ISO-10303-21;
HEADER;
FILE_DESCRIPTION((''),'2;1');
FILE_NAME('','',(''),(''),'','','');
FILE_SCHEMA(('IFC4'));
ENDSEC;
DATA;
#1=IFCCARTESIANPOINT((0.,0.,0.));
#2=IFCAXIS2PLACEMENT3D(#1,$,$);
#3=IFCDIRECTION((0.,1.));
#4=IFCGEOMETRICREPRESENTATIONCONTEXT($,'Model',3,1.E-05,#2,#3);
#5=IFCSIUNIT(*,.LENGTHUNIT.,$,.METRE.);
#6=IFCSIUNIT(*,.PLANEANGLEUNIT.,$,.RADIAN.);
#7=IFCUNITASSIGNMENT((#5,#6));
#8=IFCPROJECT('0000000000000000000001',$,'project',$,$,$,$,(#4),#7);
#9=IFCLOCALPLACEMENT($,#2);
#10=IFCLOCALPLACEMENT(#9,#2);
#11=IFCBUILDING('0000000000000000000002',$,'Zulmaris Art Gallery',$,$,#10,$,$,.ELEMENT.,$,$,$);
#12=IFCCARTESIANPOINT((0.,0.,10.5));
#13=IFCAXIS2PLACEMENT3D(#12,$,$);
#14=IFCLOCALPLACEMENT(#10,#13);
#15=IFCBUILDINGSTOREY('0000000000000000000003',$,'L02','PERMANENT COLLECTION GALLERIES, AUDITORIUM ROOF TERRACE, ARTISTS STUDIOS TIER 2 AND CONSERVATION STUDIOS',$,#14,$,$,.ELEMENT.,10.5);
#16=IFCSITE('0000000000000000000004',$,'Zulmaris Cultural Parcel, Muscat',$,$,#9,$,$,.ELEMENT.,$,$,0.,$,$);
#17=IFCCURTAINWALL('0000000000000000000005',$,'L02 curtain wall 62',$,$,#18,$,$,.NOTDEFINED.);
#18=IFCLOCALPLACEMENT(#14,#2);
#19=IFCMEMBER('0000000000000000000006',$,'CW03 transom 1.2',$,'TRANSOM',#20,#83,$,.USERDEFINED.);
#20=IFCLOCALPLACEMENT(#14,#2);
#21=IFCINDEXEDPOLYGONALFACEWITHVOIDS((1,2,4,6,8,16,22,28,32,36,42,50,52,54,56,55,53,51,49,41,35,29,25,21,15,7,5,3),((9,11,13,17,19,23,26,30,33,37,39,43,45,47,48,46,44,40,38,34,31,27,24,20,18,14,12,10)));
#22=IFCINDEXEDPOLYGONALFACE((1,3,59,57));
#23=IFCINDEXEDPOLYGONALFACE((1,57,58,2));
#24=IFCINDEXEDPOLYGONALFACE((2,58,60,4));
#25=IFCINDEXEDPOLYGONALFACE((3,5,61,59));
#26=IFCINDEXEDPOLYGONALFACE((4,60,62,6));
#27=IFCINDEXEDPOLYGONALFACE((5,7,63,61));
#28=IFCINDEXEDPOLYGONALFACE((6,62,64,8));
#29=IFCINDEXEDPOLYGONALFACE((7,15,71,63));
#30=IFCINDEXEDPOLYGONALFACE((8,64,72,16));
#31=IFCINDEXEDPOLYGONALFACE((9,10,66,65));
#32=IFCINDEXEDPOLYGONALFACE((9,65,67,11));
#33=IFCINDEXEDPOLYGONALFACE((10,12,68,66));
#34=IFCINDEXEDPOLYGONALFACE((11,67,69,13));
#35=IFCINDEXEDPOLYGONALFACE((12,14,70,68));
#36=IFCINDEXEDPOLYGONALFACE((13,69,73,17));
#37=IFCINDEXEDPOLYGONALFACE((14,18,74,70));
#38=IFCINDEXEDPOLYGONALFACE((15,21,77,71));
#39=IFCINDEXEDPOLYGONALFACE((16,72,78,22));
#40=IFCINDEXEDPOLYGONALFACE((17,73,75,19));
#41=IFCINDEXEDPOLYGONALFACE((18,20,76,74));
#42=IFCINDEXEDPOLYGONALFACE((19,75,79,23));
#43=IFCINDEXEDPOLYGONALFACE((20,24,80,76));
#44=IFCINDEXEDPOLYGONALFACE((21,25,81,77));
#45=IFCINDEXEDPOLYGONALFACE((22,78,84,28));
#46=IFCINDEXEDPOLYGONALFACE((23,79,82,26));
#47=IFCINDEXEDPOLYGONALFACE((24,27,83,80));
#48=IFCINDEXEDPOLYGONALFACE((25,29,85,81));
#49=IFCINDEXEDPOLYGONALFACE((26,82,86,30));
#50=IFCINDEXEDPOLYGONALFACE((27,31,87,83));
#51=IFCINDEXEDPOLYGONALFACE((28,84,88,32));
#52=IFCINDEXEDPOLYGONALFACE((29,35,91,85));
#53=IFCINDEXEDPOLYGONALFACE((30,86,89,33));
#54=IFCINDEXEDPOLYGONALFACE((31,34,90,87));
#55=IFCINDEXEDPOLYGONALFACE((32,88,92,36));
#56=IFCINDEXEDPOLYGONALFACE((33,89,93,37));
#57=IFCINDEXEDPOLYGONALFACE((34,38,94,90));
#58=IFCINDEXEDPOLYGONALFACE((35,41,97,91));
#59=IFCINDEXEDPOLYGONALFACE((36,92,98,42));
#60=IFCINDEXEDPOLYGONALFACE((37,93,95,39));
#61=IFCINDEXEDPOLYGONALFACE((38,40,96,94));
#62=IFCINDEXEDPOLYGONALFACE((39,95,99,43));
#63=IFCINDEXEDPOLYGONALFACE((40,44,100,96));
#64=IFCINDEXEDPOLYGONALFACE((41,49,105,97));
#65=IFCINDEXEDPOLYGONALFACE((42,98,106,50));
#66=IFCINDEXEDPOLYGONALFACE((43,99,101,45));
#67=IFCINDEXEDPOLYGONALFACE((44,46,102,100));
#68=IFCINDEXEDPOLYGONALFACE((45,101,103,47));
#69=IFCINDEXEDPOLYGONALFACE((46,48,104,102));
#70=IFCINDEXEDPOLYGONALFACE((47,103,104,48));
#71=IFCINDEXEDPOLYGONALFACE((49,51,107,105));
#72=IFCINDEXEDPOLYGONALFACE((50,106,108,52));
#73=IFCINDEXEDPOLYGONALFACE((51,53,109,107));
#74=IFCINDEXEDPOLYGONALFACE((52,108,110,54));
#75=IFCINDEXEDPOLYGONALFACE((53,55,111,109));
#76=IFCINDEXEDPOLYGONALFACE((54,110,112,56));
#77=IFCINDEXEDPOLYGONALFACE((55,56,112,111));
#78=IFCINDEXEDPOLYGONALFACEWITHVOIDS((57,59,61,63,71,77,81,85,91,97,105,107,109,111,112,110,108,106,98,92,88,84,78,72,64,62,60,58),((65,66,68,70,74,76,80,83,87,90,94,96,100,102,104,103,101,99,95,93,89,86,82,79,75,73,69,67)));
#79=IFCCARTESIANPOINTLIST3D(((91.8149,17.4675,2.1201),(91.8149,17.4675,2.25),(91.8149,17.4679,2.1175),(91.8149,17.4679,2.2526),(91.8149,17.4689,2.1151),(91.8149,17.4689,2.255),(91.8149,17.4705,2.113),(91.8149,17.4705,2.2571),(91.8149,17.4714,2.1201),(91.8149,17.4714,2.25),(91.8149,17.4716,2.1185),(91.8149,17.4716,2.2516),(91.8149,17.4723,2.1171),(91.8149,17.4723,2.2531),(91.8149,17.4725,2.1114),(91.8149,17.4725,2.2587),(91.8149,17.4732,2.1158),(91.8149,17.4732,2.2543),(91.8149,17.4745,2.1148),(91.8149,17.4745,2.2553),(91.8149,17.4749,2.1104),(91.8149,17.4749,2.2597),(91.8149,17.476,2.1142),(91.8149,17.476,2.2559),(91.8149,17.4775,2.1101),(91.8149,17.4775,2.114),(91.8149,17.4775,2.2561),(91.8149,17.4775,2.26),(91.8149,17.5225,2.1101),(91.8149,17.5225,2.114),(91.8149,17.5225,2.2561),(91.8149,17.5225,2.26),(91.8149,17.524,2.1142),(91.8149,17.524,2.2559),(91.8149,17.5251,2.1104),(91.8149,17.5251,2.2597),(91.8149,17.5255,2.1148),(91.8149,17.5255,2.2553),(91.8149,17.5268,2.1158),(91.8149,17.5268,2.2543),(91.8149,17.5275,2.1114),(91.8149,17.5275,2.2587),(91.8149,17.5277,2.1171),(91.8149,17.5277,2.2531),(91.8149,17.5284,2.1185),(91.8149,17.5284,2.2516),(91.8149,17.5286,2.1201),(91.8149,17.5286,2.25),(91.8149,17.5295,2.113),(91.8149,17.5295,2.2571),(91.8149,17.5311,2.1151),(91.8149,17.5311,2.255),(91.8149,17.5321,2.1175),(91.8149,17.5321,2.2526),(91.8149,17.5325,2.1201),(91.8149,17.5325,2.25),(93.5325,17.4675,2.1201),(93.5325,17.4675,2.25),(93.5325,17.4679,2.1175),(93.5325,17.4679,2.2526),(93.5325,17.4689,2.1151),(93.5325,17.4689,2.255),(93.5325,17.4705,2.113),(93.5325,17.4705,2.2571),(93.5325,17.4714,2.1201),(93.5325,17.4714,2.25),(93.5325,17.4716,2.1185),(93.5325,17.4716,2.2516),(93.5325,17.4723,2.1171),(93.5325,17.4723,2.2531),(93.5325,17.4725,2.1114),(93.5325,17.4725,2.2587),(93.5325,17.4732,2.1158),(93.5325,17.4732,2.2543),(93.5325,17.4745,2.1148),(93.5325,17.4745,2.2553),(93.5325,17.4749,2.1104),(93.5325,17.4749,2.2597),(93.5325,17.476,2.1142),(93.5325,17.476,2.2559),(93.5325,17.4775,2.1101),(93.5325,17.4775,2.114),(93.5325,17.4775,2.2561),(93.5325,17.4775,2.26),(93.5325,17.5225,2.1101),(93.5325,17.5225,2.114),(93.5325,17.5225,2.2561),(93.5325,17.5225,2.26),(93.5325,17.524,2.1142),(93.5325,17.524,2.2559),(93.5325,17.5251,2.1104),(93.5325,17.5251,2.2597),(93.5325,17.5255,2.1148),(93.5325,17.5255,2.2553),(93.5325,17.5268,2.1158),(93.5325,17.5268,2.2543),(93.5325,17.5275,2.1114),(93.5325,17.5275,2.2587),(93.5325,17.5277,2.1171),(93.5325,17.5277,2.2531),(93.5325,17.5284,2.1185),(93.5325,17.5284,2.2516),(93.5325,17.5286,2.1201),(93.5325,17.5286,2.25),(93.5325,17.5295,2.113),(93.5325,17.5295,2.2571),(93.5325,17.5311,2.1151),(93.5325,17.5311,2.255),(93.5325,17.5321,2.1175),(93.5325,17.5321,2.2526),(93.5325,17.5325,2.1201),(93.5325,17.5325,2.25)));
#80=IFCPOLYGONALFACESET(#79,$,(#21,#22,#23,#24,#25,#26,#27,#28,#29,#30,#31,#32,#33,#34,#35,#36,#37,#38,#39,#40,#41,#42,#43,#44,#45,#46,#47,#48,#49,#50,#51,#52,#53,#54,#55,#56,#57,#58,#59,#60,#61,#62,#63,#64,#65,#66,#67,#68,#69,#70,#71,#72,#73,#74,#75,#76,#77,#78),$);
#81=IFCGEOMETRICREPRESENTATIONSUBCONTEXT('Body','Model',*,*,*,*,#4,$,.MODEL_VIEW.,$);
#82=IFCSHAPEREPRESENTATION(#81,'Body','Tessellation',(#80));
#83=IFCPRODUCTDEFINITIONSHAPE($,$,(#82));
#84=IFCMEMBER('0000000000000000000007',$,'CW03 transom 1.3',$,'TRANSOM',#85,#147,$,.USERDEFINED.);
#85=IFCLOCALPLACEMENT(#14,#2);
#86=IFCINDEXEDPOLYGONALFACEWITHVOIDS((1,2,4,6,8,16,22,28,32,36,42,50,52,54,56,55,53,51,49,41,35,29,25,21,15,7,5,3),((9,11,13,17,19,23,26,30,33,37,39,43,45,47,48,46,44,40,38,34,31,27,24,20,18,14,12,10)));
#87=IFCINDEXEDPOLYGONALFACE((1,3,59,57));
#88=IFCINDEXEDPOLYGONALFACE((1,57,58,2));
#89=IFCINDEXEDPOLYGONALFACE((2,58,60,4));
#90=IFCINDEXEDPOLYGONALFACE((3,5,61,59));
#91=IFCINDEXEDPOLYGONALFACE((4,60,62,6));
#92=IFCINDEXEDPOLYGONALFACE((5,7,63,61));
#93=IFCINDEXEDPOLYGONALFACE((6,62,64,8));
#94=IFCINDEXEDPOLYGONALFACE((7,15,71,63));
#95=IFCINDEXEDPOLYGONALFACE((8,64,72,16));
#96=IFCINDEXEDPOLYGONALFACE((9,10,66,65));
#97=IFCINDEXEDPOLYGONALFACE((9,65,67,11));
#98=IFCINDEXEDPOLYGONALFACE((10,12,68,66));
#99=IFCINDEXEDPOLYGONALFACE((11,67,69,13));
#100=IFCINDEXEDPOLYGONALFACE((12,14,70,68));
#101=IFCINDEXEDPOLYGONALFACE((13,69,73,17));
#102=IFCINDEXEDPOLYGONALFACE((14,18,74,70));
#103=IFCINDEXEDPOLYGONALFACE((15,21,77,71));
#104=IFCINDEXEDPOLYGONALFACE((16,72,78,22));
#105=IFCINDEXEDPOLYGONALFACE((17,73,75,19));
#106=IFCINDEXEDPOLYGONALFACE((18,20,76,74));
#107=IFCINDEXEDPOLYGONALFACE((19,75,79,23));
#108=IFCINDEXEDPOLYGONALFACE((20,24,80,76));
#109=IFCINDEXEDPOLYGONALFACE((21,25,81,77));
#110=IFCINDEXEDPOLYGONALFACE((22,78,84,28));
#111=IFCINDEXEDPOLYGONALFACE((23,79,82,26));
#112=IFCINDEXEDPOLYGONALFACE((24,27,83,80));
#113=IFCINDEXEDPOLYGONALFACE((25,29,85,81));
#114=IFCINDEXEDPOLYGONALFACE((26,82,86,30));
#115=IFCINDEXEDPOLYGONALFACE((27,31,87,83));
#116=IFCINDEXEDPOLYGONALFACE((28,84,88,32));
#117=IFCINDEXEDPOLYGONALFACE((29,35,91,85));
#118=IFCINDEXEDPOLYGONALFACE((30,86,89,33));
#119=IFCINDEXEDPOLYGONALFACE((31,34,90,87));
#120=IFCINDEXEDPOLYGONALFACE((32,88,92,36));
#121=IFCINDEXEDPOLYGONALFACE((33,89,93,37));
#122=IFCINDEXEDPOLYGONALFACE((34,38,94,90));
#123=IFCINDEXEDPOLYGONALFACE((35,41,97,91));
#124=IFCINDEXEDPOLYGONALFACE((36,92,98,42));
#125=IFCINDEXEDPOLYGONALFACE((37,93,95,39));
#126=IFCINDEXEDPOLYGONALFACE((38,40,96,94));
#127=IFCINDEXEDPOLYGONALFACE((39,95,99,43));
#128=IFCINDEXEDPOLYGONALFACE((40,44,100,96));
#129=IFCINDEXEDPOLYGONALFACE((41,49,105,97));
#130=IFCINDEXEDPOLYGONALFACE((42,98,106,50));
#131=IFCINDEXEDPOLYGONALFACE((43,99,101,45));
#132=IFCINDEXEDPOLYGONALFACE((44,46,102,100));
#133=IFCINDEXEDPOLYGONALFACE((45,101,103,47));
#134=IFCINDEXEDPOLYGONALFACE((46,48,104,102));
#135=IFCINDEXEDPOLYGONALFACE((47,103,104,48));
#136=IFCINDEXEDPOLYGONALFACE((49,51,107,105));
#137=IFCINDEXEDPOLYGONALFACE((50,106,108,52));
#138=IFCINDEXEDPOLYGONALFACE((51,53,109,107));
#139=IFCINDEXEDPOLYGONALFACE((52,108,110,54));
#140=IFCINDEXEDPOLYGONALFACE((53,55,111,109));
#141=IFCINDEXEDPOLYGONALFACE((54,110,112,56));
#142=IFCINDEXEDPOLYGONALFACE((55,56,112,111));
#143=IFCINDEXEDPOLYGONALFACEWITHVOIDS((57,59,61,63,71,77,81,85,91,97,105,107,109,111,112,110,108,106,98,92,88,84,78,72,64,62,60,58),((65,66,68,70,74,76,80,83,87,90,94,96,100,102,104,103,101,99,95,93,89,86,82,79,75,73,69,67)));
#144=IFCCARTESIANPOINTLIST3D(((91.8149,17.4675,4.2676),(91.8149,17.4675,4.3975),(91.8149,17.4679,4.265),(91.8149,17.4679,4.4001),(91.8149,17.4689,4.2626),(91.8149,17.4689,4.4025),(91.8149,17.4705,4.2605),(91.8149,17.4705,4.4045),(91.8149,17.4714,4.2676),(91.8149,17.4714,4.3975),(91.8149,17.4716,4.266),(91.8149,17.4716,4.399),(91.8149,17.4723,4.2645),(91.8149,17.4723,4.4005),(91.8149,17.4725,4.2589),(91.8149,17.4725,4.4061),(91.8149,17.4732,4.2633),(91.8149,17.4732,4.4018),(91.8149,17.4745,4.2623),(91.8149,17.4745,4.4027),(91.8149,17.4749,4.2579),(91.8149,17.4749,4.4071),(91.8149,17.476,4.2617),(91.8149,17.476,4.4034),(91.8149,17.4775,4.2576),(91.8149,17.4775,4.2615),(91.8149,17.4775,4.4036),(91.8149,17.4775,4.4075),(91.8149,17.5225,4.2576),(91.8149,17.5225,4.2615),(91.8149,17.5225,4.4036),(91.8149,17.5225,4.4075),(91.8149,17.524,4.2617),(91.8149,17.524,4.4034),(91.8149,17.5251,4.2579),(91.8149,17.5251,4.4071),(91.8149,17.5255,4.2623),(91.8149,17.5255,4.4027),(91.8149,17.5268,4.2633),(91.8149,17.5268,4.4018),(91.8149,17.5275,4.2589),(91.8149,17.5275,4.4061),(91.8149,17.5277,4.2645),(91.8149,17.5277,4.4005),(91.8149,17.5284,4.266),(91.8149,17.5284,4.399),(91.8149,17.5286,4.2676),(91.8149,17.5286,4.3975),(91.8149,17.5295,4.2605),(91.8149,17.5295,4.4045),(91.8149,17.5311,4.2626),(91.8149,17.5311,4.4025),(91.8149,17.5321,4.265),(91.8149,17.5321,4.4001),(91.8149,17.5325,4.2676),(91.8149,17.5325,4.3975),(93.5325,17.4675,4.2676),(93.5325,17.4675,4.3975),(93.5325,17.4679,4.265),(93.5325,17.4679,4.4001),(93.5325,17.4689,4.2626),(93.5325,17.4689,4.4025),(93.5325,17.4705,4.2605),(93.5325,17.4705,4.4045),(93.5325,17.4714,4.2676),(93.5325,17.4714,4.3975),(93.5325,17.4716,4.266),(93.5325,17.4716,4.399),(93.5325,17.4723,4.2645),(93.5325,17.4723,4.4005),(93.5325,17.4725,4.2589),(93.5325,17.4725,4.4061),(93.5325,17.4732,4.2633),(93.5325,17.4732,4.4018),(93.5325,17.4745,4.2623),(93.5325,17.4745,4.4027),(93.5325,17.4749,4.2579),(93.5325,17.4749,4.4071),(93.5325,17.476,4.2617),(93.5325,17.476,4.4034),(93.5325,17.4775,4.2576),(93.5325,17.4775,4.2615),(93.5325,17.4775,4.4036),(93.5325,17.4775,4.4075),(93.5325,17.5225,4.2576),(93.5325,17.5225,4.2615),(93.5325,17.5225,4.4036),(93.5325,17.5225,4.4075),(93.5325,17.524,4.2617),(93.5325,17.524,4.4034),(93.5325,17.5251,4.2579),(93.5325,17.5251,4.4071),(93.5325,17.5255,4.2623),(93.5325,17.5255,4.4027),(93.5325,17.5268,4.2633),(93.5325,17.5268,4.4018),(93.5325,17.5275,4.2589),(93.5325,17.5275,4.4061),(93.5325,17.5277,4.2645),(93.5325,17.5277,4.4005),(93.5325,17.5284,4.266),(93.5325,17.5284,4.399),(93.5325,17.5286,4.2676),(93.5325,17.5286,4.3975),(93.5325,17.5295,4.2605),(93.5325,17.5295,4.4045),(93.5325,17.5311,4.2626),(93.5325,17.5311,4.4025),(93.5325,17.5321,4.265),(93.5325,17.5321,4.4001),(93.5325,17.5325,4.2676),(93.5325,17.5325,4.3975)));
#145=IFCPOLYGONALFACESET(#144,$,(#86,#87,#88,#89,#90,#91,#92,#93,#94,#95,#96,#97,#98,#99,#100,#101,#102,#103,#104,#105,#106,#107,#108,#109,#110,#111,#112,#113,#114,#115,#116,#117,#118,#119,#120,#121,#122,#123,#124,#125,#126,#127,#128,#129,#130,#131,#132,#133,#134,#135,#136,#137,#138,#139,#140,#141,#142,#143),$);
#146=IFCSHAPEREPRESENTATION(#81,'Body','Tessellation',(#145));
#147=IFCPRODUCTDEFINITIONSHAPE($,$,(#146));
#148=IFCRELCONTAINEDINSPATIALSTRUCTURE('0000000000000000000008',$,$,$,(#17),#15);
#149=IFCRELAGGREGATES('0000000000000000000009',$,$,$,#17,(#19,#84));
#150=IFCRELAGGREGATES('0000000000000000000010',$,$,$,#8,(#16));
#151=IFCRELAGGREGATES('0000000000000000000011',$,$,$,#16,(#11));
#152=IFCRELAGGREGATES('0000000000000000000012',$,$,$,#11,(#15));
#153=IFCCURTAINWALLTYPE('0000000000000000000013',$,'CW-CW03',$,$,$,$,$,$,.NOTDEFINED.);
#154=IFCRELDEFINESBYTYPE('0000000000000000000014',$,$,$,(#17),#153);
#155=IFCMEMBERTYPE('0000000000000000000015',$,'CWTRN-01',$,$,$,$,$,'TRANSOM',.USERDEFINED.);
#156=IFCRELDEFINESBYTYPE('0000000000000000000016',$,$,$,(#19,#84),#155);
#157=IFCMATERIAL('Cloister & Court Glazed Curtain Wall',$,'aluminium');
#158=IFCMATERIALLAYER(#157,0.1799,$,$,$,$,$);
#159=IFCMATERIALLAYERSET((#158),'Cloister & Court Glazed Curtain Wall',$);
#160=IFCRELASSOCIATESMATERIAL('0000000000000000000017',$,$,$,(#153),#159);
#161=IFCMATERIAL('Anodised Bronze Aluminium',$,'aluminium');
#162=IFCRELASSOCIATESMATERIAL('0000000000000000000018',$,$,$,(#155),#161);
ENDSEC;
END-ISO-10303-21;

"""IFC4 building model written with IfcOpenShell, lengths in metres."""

from ifc_helpers import new_model, si_unit, direction, frame, origin, origin_2d, place, context, subcontext, project, spatial, hollow_rectangle, extrude, material, layer, layer_set, material_profile, profile_set, type_object, element, aggregate, save


model = new_model("IFC4")

# Units and contexts
model_context = context("Model", 3, precision=1e-05, world=origin(), true_north=direction((0.0, 1.0)))
body_context = subcontext(model_context, "Body", "Model", "MODEL_VIEW")
ifc_project = project(units=[si_unit("LENGTHUNIT", "METRE"), si_unit("PLANEANGLEUNIT", "RADIAN")], contexts=[model_context])

# Site, building, storey
site_placement = place(None, origin())
site = spatial("IfcSite", under=ifc_project, at=site_placement, Name="Zulmaris Cultural Parcel, Muscat", CompositionType="ELEMENT", RefElevation=0.0)
building_placement = place(site_placement, origin())
building = spatial("IfcBuilding", under=site, at=building_placement, Name="Zulmaris Art Gallery", CompositionType="ELEMENT")
storey_placement = place(building_placement, frame((0.0, 0.0, 10.5)))
storey = spatial("IfcBuildingStorey", under=building, at=storey_placement, Name="L02", Description="PERMANENT COLLECTION GALLERIES, AUDITORIUM ROOF TERRACE, ARTISTS STUDIOS TIER 2 AND CONSERVATION STUDIOS", CompositionType="ELEMENT", Elevation=10.5)

# Curtain wall
ifc_material_1 = material(Name="Cloister & Court Glazed Curtain Wall", Category="aluminium")
ifc_layer_1 = layer(ifc_material_1, 0.1799)
ifc_layer_set_1 = layer_set([ifc_layer_1], Name="Cloister & Court Glazed Curtain Wall")
curtain_wall_type = type_object("IfcCurtainWallType", Name="CW-CW03", PredefinedType="NOTDEFINED", material=ifc_layer_set_1)
curtain_wall_1_placement = place(storey_placement, origin())
curtain_wall_1 = element("IfcCurtainWall", 1, at=curtain_wall_1_placement, inside=storey, type_object=curtain_wall_type, Name="L02 curtain wall 62", PredefinedType="NOTDEFINED")
ifc_material_2 = material(Name="Anodised Bronze Aluminium", Category="aluminium")

# Members
ifc_material_profile_1 = material_profile(ifc_material_2, hollow_rectangle(XDim=0.0649, YDim=0.1499, WallThickness=0.0039, InnerFilletRadius=0.0061, OuterFilletRadius=0.01, at=origin_2d()), Name="ALU 65x150x4")
ifc_profile_set_1 = profile_set([ifc_material_profile_1], Name="Anodised Bronze Aluminium")
member_type_1 = type_object("IfcMemberType", Name="CWTRN-01", ElementType="TRANSOM", PredefinedType="USERDEFINED", material=ifc_profile_set_1)
member_1_placement = place(storey_placement, frame((91.8149, 17.5, 2.1851), z_axis=(1.0, 0.0, 0.0), x_axis=(0.0, 1.0, 0.0)))
member_1 = element("IfcMember", 2, at=member_1_placement, type_object=member_type_1, Name="CW03 transom 1.2", ObjectType="TRANSOM", PredefinedType="USERDEFINED", context=body_context, shape_type="SweptSolid", body=[
    extrude(hollow_rectangle(XDim=0.0649, YDim=0.1499, WallThickness=0.0039, InnerFilletRadius=0.0061, OuterFilletRadius=0.01, at=origin_2d()), origin(), (0.0, 0.0, 1.0), 1.7175),
])
member_2_placement = place(storey_placement, frame((91.8149, 17.5, 4.3325), z_axis=(1.0, 0.0, 0.0), x_axis=(0.0, 1.0, 0.0)))
member_2 = element("IfcMember", 3, at=member_2_placement, type_object=member_type_1, Name="CW03 transom 1.3", ObjectType="TRANSOM", PredefinedType="USERDEFINED", context=body_context, shape_type="SweptSolid", body=[
    extrude(hollow_rectangle(XDim=0.0649, YDim=0.1499, WallThickness=0.0039, InnerFilletRadius=0.0061, OuterFilletRadius=0.01, at=origin_2d()), origin(), (0.0, 0.0, 1.0), 1.7175),
])

aggregate(curtain_wall_1, [member_1, member_2])

save(model, "model.ifc")
